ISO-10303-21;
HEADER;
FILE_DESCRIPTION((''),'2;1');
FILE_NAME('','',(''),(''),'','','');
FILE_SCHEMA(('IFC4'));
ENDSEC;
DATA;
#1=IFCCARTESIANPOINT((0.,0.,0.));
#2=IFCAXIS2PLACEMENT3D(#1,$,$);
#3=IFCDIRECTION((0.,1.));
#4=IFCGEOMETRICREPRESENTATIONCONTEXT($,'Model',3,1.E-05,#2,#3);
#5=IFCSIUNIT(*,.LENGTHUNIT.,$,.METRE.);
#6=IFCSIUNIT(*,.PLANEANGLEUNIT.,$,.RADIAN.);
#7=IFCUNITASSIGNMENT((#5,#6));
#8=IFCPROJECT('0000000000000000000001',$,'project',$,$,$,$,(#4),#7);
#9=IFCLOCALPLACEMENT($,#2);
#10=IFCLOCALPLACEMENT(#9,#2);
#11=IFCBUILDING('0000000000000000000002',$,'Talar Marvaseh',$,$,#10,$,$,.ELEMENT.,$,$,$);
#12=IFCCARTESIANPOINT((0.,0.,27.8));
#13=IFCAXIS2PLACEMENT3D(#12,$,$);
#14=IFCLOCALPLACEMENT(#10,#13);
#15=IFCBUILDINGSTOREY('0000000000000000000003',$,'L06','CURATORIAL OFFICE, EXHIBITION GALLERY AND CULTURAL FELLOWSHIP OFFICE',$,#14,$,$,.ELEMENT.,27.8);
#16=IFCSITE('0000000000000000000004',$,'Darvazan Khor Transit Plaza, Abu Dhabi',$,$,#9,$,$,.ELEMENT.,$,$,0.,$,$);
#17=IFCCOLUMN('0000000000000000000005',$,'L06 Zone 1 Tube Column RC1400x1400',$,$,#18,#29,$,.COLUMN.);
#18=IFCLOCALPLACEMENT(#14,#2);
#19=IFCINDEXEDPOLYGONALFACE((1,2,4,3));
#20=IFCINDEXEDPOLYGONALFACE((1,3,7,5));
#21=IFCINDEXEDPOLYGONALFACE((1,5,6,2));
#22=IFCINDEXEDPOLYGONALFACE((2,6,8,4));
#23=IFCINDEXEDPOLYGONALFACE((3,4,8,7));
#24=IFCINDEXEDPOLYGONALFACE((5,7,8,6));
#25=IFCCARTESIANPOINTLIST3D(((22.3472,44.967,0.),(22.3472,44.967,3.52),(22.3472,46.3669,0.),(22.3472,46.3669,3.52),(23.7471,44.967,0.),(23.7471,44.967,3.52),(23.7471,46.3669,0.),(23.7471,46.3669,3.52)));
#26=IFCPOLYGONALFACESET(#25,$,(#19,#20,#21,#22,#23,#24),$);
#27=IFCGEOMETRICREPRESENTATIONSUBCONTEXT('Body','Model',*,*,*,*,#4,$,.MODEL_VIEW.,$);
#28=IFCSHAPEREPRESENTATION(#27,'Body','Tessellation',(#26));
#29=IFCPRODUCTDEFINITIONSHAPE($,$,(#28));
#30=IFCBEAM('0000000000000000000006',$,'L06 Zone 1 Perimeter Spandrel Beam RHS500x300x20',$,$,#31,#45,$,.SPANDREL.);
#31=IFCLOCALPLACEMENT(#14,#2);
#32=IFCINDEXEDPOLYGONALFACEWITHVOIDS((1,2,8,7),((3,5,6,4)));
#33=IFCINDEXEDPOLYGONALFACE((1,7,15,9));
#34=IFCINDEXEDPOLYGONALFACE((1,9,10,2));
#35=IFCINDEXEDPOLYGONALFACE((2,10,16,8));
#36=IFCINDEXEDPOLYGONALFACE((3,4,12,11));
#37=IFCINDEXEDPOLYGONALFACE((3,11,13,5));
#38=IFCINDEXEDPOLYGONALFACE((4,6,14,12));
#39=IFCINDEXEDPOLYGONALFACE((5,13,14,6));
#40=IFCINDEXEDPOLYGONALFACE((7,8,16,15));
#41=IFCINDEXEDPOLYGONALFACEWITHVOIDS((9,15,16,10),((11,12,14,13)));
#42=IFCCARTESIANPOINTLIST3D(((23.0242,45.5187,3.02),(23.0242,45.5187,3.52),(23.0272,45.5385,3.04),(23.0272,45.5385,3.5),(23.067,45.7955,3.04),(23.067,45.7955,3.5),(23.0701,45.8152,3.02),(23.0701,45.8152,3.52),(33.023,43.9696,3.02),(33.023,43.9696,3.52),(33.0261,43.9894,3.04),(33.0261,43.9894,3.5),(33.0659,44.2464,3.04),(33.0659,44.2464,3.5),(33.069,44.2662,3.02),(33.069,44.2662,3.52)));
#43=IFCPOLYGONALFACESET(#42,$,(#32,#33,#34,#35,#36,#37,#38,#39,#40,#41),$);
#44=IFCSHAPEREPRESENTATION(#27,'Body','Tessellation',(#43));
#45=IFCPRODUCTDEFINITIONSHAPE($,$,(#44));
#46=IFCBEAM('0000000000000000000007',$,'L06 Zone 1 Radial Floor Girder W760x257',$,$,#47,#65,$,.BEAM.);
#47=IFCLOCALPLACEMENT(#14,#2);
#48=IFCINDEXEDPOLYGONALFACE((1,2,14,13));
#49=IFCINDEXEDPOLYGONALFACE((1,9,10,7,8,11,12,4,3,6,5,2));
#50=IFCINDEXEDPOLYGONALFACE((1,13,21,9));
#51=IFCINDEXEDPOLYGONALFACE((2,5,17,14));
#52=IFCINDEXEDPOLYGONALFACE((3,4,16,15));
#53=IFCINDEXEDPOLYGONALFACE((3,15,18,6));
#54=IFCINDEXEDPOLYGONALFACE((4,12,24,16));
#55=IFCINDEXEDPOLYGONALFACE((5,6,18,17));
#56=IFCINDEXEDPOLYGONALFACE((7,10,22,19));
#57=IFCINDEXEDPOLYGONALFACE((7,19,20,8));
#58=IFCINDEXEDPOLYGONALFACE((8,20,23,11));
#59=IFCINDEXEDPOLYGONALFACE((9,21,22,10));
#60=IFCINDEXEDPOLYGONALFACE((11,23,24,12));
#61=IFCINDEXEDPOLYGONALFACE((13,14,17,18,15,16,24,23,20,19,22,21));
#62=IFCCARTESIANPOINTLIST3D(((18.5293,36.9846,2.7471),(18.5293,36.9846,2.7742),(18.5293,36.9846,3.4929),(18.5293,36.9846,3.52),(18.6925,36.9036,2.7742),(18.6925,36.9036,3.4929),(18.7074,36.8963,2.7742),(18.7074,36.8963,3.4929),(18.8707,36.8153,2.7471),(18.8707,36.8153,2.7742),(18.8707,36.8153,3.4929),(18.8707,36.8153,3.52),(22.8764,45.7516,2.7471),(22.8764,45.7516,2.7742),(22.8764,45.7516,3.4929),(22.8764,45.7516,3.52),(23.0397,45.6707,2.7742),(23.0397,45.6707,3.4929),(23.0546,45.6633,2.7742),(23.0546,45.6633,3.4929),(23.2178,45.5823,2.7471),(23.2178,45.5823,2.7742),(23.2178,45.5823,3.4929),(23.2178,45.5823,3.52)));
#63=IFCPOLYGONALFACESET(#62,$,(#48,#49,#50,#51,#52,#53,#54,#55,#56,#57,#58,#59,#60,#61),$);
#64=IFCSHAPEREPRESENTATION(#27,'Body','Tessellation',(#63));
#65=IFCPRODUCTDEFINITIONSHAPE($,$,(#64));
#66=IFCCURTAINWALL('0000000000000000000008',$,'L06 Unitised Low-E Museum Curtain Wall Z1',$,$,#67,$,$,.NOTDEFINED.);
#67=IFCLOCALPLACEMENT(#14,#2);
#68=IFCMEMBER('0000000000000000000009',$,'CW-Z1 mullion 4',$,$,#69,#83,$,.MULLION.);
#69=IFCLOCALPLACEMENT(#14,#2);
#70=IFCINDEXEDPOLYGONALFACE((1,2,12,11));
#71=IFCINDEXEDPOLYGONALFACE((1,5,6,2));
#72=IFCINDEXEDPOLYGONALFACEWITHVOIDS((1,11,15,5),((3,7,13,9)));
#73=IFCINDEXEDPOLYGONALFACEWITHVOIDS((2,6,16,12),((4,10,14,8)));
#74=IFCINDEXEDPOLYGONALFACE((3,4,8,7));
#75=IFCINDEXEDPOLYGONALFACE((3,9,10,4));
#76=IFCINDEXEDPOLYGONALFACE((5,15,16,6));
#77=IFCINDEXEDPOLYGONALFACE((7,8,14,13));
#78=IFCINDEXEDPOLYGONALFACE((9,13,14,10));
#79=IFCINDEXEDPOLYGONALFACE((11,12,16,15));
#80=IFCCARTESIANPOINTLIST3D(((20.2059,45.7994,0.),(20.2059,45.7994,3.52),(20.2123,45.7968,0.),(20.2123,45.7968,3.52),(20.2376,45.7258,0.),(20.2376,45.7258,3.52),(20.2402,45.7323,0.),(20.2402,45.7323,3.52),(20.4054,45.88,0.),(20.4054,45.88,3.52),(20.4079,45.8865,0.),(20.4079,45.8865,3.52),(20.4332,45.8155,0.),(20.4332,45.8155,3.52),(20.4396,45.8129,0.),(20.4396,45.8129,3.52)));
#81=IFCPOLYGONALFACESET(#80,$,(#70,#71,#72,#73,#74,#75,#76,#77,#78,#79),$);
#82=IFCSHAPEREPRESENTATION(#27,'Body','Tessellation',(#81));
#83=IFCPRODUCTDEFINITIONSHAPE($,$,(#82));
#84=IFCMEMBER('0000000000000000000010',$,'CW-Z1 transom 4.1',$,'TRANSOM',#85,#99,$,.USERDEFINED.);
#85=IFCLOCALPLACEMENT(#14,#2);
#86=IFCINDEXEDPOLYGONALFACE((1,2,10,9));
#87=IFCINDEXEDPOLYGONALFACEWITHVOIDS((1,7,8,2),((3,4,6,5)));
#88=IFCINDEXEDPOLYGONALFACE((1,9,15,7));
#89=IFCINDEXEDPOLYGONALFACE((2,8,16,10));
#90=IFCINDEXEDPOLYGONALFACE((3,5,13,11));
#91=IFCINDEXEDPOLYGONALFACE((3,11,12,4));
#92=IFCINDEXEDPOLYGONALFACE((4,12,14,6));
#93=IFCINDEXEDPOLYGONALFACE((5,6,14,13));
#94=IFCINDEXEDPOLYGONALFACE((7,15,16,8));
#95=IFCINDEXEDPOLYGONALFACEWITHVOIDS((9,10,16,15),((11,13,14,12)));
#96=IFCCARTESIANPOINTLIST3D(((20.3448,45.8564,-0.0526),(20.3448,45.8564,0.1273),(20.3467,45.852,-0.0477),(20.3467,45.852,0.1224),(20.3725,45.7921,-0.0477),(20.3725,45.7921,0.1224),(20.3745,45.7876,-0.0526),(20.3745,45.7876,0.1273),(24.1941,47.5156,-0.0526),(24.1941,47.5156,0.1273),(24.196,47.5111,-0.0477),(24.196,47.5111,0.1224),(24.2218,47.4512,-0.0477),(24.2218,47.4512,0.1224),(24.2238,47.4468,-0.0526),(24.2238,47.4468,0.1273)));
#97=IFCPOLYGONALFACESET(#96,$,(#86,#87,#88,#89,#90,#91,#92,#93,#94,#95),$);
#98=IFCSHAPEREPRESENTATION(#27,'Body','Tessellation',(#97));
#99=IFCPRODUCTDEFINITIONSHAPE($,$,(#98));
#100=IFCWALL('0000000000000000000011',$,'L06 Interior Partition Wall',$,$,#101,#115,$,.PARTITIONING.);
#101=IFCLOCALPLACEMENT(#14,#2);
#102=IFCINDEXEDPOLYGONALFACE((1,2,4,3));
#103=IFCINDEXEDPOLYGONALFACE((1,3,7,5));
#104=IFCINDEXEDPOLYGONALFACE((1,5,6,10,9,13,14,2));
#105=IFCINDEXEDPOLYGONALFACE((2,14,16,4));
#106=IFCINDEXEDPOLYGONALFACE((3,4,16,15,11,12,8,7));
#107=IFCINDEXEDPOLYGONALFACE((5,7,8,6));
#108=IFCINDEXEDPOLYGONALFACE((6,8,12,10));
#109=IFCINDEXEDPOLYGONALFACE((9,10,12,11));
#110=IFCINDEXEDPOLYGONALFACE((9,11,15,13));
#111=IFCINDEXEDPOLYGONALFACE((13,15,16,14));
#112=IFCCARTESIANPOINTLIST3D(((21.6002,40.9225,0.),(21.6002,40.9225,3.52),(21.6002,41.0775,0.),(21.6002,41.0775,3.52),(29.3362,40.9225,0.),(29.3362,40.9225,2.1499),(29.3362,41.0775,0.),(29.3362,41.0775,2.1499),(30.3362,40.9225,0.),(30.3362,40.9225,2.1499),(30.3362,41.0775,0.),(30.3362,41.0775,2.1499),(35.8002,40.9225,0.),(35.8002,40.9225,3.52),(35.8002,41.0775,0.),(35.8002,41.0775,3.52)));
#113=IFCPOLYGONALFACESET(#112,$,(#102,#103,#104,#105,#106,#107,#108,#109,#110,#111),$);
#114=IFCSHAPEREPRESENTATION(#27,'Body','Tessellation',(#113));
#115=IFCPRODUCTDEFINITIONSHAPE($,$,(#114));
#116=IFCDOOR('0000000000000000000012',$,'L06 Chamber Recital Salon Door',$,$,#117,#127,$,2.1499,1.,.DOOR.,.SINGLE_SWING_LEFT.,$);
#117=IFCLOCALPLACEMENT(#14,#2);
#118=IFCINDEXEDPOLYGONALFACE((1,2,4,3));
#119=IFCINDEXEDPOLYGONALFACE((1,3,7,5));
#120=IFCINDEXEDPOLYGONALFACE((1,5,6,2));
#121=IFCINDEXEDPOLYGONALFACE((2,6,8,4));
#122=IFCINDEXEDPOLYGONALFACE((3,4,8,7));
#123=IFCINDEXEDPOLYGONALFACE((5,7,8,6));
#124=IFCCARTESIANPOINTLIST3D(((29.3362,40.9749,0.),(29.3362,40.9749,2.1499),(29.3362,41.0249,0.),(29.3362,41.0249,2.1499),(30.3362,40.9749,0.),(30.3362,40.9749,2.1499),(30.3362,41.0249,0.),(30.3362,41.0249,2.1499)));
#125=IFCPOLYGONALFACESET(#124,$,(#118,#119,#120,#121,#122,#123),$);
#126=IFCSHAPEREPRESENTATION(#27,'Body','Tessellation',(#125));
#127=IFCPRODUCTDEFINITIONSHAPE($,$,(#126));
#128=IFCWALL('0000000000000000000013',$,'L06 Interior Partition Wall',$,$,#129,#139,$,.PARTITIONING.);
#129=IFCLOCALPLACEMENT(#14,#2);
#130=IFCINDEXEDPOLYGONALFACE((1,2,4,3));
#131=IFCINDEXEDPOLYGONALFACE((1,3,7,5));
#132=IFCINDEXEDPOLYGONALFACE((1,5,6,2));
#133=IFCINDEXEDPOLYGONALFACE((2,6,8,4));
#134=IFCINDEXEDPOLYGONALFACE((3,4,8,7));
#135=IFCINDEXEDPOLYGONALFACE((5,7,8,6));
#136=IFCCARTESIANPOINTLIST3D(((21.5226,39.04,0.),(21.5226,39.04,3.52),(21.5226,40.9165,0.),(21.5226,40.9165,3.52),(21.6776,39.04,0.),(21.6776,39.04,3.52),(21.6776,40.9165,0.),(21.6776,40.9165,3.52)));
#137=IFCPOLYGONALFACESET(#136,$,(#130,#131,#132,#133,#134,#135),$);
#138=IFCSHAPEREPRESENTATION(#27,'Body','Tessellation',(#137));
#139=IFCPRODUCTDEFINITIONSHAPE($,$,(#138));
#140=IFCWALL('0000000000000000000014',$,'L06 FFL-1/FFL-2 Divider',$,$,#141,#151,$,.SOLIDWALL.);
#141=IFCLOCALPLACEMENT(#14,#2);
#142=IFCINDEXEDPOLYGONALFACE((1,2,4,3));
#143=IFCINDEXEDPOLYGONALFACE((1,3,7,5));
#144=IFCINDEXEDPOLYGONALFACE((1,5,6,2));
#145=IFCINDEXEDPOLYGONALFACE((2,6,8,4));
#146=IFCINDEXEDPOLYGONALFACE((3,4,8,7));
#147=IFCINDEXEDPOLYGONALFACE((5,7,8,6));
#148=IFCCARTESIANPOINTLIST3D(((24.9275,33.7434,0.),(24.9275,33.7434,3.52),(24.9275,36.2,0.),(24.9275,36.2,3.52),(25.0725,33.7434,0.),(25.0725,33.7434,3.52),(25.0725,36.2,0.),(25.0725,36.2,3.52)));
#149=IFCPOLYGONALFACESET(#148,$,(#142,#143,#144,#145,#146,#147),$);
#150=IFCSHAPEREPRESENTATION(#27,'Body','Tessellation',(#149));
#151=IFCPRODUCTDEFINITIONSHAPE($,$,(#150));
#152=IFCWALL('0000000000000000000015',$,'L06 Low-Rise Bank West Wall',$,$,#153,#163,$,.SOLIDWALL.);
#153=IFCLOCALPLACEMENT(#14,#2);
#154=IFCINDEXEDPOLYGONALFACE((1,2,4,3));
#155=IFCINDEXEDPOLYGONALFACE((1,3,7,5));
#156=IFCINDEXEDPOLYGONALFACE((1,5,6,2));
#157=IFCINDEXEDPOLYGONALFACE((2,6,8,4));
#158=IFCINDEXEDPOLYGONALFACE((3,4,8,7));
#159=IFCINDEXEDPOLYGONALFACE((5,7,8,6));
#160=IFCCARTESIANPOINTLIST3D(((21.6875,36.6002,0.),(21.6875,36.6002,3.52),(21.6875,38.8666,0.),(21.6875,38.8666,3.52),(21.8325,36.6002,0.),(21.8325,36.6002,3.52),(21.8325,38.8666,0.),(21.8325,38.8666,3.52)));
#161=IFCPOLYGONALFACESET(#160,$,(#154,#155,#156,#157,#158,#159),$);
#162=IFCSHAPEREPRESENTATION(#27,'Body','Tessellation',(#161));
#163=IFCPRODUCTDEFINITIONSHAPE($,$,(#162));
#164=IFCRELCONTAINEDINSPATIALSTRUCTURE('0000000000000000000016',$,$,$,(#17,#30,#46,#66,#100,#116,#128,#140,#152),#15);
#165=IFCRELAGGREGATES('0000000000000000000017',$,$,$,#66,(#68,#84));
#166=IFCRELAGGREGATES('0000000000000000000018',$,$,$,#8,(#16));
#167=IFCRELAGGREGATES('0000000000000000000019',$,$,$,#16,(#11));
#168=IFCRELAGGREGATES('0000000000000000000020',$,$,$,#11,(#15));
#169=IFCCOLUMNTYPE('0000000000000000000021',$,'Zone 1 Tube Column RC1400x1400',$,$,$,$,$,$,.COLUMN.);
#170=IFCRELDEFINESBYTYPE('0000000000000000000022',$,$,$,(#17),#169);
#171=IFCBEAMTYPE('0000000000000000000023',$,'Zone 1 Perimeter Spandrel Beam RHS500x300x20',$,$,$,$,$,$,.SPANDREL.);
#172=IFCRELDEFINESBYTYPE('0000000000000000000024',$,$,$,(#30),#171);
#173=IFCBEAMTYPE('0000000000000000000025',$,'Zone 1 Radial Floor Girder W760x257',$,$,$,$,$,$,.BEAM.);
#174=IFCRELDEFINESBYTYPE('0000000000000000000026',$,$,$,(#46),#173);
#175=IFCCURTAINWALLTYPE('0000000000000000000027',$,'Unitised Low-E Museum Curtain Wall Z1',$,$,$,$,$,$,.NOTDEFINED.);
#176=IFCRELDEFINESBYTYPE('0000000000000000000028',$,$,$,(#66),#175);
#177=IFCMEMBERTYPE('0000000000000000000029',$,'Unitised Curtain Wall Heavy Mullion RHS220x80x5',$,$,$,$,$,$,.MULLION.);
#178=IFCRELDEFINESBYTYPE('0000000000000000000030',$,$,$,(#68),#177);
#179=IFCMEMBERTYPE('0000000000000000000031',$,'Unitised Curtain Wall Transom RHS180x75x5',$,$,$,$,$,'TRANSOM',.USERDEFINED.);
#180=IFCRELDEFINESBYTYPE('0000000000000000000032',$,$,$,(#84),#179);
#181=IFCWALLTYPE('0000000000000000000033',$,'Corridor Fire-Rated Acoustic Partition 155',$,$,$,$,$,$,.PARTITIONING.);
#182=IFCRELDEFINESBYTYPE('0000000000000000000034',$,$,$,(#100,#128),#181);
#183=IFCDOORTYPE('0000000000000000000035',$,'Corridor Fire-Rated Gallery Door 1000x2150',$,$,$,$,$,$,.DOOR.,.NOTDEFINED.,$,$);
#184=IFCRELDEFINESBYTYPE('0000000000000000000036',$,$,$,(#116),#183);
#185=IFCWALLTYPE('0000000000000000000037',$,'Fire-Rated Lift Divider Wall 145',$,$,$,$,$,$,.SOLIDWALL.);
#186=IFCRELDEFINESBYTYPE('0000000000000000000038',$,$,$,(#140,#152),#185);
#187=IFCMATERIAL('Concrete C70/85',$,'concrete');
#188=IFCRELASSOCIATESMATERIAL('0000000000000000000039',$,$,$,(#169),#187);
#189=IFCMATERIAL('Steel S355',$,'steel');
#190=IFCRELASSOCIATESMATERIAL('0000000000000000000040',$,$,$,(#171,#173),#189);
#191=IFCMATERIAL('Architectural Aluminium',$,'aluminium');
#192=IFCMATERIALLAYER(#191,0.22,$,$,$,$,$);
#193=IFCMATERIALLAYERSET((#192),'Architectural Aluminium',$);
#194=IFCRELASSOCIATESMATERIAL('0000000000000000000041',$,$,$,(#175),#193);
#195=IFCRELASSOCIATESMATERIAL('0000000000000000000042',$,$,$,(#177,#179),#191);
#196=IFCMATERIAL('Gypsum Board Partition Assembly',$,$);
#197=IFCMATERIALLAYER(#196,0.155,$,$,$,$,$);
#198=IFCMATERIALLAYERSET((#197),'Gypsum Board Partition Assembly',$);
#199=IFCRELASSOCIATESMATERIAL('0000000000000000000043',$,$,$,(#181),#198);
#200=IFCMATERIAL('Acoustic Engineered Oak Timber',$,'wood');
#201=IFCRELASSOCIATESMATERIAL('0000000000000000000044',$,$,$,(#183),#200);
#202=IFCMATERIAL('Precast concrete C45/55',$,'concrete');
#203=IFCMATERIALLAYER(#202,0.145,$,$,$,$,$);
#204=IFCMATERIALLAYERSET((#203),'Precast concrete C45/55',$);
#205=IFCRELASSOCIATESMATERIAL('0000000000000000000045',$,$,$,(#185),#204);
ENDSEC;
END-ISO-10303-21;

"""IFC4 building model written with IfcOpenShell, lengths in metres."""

from ifc_helpers import new_model, si_unit, direction, frame, frame_2d, origin, origin_2d, place, context, subcontext, project, spatial, rectangle, hollow_rectangle, i_section, extrude, source, transform, mapped, material, layer, layer_set, material_profile, profile_set, type_object, type_shapes, element, fill, aggregate, save


model = new_model("IFC4")

# Units and contexts
model_context = context("Model", 3, precision=1e-05, world=origin(), true_north=direction((0.0, 1.0)))
body_context = subcontext(model_context, "Body", "Model", "MODEL_VIEW")
ifc_project = project(units=[si_unit("LENGTHUNIT", "METRE"), si_unit("PLANEANGLEUNIT", "RADIAN")], contexts=[model_context])

# Site, building, storey
site_placement = place(None, origin())
site = spatial("IfcSite", under=ifc_project, at=site_placement, Name="Darvazan Khor Transit Plaza, Abu Dhabi", CompositionType="ELEMENT", RefElevation=0.0)
building_placement = place(site_placement, origin())
building = spatial("IfcBuilding", under=site, at=building_placement, Name="Talar Marvaseh", CompositionType="ELEMENT")
storey_placement = place(building_placement, frame((0.0, 0.0, 27.8)))
storey = spatial("IfcBuildingStorey", under=building, at=storey_placement, Name="L06", Description="CURATORIAL OFFICE, EXHIBITION GALLERY AND CULTURAL FELLOWSHIP OFFICE", CompositionType="ELEMENT", Elevation=27.8)

# Column
ifc_material_1 = material(Name="Concrete C70/85", Category="concrete")
ifc_material_profile_1 = material_profile(ifc_material_1, rectangle(XDim=1.3999, YDim=1.3999, at=origin_2d()), Name="RC1400x1400")
ifc_profile_set_1 = profile_set([ifc_material_profile_1], Name="Concrete C70/85")
column_type = type_object("IfcColumnType", Name="Zone 1 Tube Column RC1400x1400", PredefinedType="COLUMN", material=ifc_profile_set_1)
column_placement = place(storey_placement, frame((23.0471, 45.667, 0.0), z_axis=(0.0, 0.0, 1.0), x_axis=(1.0, 0.0, 0.0)))
element("IfcColumn", 1, at=column_placement, inside=storey, type_object=column_type, Name="L06 Zone 1 Tube Column RC1400x1400", PredefinedType="COLUMN", context=body_context, shape_type="SweptSolid", body=[
    extrude(rectangle(XDim=1.3999, YDim=1.3999, at=origin_2d()), origin(), (0.0, 0.0, 1.0), 3.52),
])

# Beams
ifc_material_2 = material(Name="Steel S355", Category="steel")
ifc_material_profile_2 = material_profile(ifc_material_2, hollow_rectangle(XDim=0.3, YDim=0.5, WallThickness=0.02, at=origin_2d()), Name="RHS500x300x20")
ifc_profile_set_2 = profile_set([ifc_material_profile_2], Name="Steel S355")
beam_type_1 = type_object("IfcBeamType", Name="Zone 1 Perimeter Spandrel Beam RHS500x300x20", PredefinedType="SPANDREL", material=ifc_profile_set_2)
beam_1_placement = place(storey_placement, frame((23.0471, 45.667, 3.27), z_axis=(0.988211, -0.1531, 0.0), x_axis=(0.1531, 0.988211, 0.0)))
element("IfcBeam", 2, at=beam_1_placement, inside=storey, type_object=beam_type_1, Name="L06 Zone 1 Perimeter Spandrel Beam RHS500x300x20", PredefinedType="SPANDREL", context=body_context, shape_type="SweptSolid", body=[
    extrude(hollow_rectangle(XDim=0.3, YDim=0.5, WallThickness=0.02, at=origin_2d()), origin(), (0.0, 0.0, 1.0), 10.1182),
])
ifc_material_profile_3 = material_profile(ifc_material_2, i_section(OverallWidth=0.3811, OverallDepth=0.7729, WebThickness=0.0166, FlangeThickness=0.0271, at=origin_2d()), Name="W760x257")
ifc_profile_set_3 = profile_set([ifc_material_profile_3], Name="Steel S355")
beam_type_2 = type_object("IfcBeamType", Name="Zone 1 Radial Floor Girder W760x257", PredefinedType="BEAM", material=ifc_profile_set_3)
beam_2_placement = place(storey_placement, frame((23.0471, 45.667, 3.1335), z_axis=(-0.444237, -0.895909, 0.0), x_axis=(0.895909, -0.444237, 0.0)))
element("IfcBeam", 3, at=beam_2_placement, inside=storey, type_object=beam_type_2, Name="L06 Zone 1 Radial Floor Girder W760x257", PredefinedType="BEAM", context=body_context, shape_type="SweptSolid", body=[
    extrude(i_section(OverallWidth=0.3811, OverallDepth=0.7729, WebThickness=0.0166, FlangeThickness=0.0271, at=origin_2d()), origin(), (0.0, 0.0, 1.0), 9.7856),
])

# Curtain wall, members
ifc_material_3 = material(Name="Architectural Aluminium", Category="aluminium")
ifc_layer_1 = layer(ifc_material_3, 0.22)
ifc_layer_set_1 = layer_set([ifc_layer_1], Name="Architectural Aluminium")
curtain_wall_type = type_object("IfcCurtainWallType", Name="Unitised Low-E Museum Curtain Wall Z1", PredefinedType="NOTDEFINED", material=ifc_layer_set_1)
curtain_wall_placement = place(storey_placement, origin())
curtain_wall = element("IfcCurtainWall", 4, at=curtain_wall_placement, inside=storey, type_object=curtain_wall_type, Name="L06 Unitised Low-E Museum Curtain Wall Z1", PredefinedType="NOTDEFINED")
ifc_material_profile_4 = material_profile(ifc_material_3, hollow_rectangle(XDim=0.0801, YDim=0.22, WallThickness=0.0049, at=origin_2d()), Name="RHS220x80x5")
ifc_profile_set_4 = profile_set([ifc_material_profile_4], Name="Architectural Aluminium")
member_type_1 = type_object("IfcMemberType", Name="Unitised Curtain Wall Heavy Mullion RHS220x80x5", PredefinedType="MULLION", material=ifc_profile_set_4)
shared_shape_1 = source(origin(), body_context, "Body", "SweptSolid", [
    extrude(hollow_rectangle(XDim=0.0801, YDim=0.22, WallThickness=0.0049, at=origin_2d()), origin(), (0.0, 0.0, 1.0), 3.52),
])
type_shapes(member_type_1, [shared_shape_1])
member_1_placement = place(storey_placement, frame((20.3228, 45.8062, 0.0), z_axis=(0.0, 0.0, 1.0), x_axis=(-0.395831, 0.918323, 0.0)))
member_1 = element("IfcMember", 5, at=member_1_placement, type_object=member_type_1, Name="CW-Z1 mullion 4", PredefinedType="MULLION", context=body_context, shape_type="MappedRepresentation", body=[
    mapped(shared_shape_1, transform((0.0, 0.0, 0.0), x_axis=(1.0, 0.0, 0.0), y_axis=(0.0, 1.0, 0.0), z_axis=(0.0, 0.0, 1.0), scale=1.0)),
])
ifc_material_profile_5 = material_profile(ifc_material_3, hollow_rectangle(XDim=0.075, YDim=0.1799, WallThickness=0.0049, at=origin_2d()), Name="RHS180x75x5")
ifc_profile_set_5 = profile_set([ifc_material_profile_5], Name="Architectural Aluminium")
member_type_2 = type_object("IfcMemberType", Name="Unitised Curtain Wall Transom RHS180x75x5", ElementType="TRANSOM", PredefinedType="USERDEFINED", material=ifc_profile_set_5)
shared_shape_2 = source(origin(), body_context, "Body", "SweptSolid", [
    extrude(hollow_rectangle(XDim=0.075, YDim=0.1799, WallThickness=0.0049, at=origin_2d()), origin(), (0.0, 0.0, 1.0), 4.1917),
])
type_shapes(member_type_2, [shared_shape_2])
member_2_placement = place(storey_placement, frame((20.3596, 45.822, 0.0374), z_axis=(0.918327, 0.395823, 0.0), x_axis=(-0.395823, 0.918327, 0.0)))
member_2 = element("IfcMember", 6, at=member_2_placement, type_object=member_type_2, Name="CW-Z1 transom 4.1", ObjectType="TRANSOM", PredefinedType="USERDEFINED", context=body_context, shape_type="MappedRepresentation", body=[
    mapped(shared_shape_2, transform((0.0, 0.0, 0.0), x_axis=(1.0, 0.0, 0.0), y_axis=(0.0, 1.0, 0.0), z_axis=(0.0, 0.0, 1.0), scale=1.0)),
])
aggregate(curtain_wall, [member_1, member_2])

# Wall, opening, door
ifc_material_4 = material(Name="Gypsum Board Partition Assembly")
ifc_layer_2 = layer(ifc_material_4, 0.155)
ifc_layer_set_2 = layer_set([ifc_layer_2], Name="Gypsum Board Partition Assembly")
wall_type_1 = type_object("IfcWallType", Name="Corridor Fire-Rated Acoustic Partition 155", PredefinedType="PARTITIONING", material=ifc_layer_set_2)
wall_1_placement = place(storey_placement, frame((21.6001, 41.0, 0.0), z_axis=(0.0, 0.0, 1.0), x_axis=(1.0, 0.0, 0.0)))
wall_1 = element("IfcWall", 7, at=wall_1_placement, inside=storey, type_object=wall_type_1, Name="L06 Interior Partition Wall", PredefinedType="PARTITIONING", context=body_context, shape_type="SweptSolid", body=[
    extrude(rectangle(XDim=14.2, YDim=0.155, at=frame_2d((7.1001, 0.0))), origin(), (0.0, 0.0, 1.0), 3.52),
])
opening_1_placement = place(wall_1_placement, frame((7.7361, 0.0, 0.0)))
opening_1 = element("IfcOpeningElement", 8, at=opening_1_placement, cuts=wall_1, PredefinedType="OPENING", context=body_context, shape_type="SweptSolid", body=[
    extrude(rectangle(XDim=1.0, YDim=2.1499, at=frame_2d((0.5, 1.075))), frame((0.0, 0.0874, 0.0), z_axis=(0.0, -1.0, 0.0), x_axis=(1.0, 0.0, 0.0)), (0.0, 0.0, 1.0), 0.175),
])
ifc_material_5 = material(Name="Acoustic Engineered Oak Timber", Category="wood")
door_type_1 = type_object("IfcDoorType", Name="Corridor Fire-Rated Gallery Door 1000x2150", OperationType="NOTDEFINED", PredefinedType="DOOR", material=ifc_material_5)
shared_shape_3 = source(origin(), body_context, "Body", "SweptSolid", [
    extrude(rectangle(XDim=1.0, YDim=2.1499, at=frame_2d((0.5, 1.075))), frame((0.0, 0.0249, 0.0), z_axis=(0.0, -1.0, 0.0), x_axis=(1.0, 0.0, 0.0)), (0.0, 0.0, 1.0), 0.05),
])
type_shapes(door_type_1, [shared_shape_3])
door_1_placement = place(opening_1_placement, origin())
door_1 = element("IfcDoor", 9, at=door_1_placement, inside=storey, type_object=door_type_1, Name="L06 Chamber Recital Salon Door", OperationType="SINGLE_SWING_LEFT", OverallHeight=2.1499, OverallWidth=1.0, PredefinedType="DOOR", context=body_context, shape_type="MappedRepresentation", body=[
    mapped(shared_shape_3, transform((0.0, 0.0, 0.0), x_axis=(1.0, 0.0, 0.0), y_axis=(0.0, 1.0, 0.0), z_axis=(0.0, 0.0, 1.0), scale=1.0)),
])
fill(opening_1, door_1)

# Walls
wall_2_placement = place(storey_placement, frame((21.6001, 39.04, 0.0), z_axis=(0.0, 0.0, 1.0), x_axis=(0.0, 1.0, 0.0)))
element("IfcWall", 10, at=wall_2_placement, inside=storey, type_object=wall_type_1, Name="L06 Interior Partition Wall", PredefinedType="PARTITIONING", context=body_context, shape_type="SweptSolid", body=[
    extrude(rectangle(XDim=1.8765, YDim=0.155, at=frame_2d((0.9382, 0.0))), origin(), (0.0, 0.0, 1.0), 3.52),
])
ifc_material_6 = material(Name="Precast concrete C45/55", Category="concrete")
ifc_layer_3 = layer(ifc_material_6, 0.145)
ifc_layer_set_3 = layer_set([ifc_layer_3], Name="Precast concrete C45/55")
wall_type_2 = type_object("IfcWallType", Name="Fire-Rated Lift Divider Wall 145", PredefinedType="SOLIDWALL", material=ifc_layer_set_3)
wall_3_placement = place(storey_placement, frame((25.0, 33.7434, 0.0), z_axis=(0.0, 0.0, 1.0), x_axis=(0.0, 1.0, 0.0)))
element("IfcWall", 11, at=wall_3_placement, inside=storey, type_object=wall_type_2, Name="L06 FFL-1/FFL-2 Divider", PredefinedType="SOLIDWALL", context=body_context, shape_type="SweptSolid", body=[
    extrude(rectangle(XDim=2.4565, YDim=0.145, at=frame_2d((1.2283, 0.0))), origin(), (0.0, 0.0, 1.0), 3.52),
])
wall_4_placement = place(storey_placement, frame((21.76, 36.6001, 0.0), z_axis=(0.0, 0.0, 1.0), x_axis=(0.0, 1.0, 0.0)))
element("IfcWall", 12, at=wall_4_placement, inside=storey, type_object=wall_type_2, Name="L06 Low-Rise Bank West Wall", PredefinedType="SOLIDWALL", context=body_context, shape_type="SweptSolid", body=[
    extrude(rectangle(XDim=2.2664, YDim=0.145, at=frame_2d((1.1333, 0.0))), origin(), (0.0, 0.0, 1.0), 3.52),
])

save(model, "model.ifc")
